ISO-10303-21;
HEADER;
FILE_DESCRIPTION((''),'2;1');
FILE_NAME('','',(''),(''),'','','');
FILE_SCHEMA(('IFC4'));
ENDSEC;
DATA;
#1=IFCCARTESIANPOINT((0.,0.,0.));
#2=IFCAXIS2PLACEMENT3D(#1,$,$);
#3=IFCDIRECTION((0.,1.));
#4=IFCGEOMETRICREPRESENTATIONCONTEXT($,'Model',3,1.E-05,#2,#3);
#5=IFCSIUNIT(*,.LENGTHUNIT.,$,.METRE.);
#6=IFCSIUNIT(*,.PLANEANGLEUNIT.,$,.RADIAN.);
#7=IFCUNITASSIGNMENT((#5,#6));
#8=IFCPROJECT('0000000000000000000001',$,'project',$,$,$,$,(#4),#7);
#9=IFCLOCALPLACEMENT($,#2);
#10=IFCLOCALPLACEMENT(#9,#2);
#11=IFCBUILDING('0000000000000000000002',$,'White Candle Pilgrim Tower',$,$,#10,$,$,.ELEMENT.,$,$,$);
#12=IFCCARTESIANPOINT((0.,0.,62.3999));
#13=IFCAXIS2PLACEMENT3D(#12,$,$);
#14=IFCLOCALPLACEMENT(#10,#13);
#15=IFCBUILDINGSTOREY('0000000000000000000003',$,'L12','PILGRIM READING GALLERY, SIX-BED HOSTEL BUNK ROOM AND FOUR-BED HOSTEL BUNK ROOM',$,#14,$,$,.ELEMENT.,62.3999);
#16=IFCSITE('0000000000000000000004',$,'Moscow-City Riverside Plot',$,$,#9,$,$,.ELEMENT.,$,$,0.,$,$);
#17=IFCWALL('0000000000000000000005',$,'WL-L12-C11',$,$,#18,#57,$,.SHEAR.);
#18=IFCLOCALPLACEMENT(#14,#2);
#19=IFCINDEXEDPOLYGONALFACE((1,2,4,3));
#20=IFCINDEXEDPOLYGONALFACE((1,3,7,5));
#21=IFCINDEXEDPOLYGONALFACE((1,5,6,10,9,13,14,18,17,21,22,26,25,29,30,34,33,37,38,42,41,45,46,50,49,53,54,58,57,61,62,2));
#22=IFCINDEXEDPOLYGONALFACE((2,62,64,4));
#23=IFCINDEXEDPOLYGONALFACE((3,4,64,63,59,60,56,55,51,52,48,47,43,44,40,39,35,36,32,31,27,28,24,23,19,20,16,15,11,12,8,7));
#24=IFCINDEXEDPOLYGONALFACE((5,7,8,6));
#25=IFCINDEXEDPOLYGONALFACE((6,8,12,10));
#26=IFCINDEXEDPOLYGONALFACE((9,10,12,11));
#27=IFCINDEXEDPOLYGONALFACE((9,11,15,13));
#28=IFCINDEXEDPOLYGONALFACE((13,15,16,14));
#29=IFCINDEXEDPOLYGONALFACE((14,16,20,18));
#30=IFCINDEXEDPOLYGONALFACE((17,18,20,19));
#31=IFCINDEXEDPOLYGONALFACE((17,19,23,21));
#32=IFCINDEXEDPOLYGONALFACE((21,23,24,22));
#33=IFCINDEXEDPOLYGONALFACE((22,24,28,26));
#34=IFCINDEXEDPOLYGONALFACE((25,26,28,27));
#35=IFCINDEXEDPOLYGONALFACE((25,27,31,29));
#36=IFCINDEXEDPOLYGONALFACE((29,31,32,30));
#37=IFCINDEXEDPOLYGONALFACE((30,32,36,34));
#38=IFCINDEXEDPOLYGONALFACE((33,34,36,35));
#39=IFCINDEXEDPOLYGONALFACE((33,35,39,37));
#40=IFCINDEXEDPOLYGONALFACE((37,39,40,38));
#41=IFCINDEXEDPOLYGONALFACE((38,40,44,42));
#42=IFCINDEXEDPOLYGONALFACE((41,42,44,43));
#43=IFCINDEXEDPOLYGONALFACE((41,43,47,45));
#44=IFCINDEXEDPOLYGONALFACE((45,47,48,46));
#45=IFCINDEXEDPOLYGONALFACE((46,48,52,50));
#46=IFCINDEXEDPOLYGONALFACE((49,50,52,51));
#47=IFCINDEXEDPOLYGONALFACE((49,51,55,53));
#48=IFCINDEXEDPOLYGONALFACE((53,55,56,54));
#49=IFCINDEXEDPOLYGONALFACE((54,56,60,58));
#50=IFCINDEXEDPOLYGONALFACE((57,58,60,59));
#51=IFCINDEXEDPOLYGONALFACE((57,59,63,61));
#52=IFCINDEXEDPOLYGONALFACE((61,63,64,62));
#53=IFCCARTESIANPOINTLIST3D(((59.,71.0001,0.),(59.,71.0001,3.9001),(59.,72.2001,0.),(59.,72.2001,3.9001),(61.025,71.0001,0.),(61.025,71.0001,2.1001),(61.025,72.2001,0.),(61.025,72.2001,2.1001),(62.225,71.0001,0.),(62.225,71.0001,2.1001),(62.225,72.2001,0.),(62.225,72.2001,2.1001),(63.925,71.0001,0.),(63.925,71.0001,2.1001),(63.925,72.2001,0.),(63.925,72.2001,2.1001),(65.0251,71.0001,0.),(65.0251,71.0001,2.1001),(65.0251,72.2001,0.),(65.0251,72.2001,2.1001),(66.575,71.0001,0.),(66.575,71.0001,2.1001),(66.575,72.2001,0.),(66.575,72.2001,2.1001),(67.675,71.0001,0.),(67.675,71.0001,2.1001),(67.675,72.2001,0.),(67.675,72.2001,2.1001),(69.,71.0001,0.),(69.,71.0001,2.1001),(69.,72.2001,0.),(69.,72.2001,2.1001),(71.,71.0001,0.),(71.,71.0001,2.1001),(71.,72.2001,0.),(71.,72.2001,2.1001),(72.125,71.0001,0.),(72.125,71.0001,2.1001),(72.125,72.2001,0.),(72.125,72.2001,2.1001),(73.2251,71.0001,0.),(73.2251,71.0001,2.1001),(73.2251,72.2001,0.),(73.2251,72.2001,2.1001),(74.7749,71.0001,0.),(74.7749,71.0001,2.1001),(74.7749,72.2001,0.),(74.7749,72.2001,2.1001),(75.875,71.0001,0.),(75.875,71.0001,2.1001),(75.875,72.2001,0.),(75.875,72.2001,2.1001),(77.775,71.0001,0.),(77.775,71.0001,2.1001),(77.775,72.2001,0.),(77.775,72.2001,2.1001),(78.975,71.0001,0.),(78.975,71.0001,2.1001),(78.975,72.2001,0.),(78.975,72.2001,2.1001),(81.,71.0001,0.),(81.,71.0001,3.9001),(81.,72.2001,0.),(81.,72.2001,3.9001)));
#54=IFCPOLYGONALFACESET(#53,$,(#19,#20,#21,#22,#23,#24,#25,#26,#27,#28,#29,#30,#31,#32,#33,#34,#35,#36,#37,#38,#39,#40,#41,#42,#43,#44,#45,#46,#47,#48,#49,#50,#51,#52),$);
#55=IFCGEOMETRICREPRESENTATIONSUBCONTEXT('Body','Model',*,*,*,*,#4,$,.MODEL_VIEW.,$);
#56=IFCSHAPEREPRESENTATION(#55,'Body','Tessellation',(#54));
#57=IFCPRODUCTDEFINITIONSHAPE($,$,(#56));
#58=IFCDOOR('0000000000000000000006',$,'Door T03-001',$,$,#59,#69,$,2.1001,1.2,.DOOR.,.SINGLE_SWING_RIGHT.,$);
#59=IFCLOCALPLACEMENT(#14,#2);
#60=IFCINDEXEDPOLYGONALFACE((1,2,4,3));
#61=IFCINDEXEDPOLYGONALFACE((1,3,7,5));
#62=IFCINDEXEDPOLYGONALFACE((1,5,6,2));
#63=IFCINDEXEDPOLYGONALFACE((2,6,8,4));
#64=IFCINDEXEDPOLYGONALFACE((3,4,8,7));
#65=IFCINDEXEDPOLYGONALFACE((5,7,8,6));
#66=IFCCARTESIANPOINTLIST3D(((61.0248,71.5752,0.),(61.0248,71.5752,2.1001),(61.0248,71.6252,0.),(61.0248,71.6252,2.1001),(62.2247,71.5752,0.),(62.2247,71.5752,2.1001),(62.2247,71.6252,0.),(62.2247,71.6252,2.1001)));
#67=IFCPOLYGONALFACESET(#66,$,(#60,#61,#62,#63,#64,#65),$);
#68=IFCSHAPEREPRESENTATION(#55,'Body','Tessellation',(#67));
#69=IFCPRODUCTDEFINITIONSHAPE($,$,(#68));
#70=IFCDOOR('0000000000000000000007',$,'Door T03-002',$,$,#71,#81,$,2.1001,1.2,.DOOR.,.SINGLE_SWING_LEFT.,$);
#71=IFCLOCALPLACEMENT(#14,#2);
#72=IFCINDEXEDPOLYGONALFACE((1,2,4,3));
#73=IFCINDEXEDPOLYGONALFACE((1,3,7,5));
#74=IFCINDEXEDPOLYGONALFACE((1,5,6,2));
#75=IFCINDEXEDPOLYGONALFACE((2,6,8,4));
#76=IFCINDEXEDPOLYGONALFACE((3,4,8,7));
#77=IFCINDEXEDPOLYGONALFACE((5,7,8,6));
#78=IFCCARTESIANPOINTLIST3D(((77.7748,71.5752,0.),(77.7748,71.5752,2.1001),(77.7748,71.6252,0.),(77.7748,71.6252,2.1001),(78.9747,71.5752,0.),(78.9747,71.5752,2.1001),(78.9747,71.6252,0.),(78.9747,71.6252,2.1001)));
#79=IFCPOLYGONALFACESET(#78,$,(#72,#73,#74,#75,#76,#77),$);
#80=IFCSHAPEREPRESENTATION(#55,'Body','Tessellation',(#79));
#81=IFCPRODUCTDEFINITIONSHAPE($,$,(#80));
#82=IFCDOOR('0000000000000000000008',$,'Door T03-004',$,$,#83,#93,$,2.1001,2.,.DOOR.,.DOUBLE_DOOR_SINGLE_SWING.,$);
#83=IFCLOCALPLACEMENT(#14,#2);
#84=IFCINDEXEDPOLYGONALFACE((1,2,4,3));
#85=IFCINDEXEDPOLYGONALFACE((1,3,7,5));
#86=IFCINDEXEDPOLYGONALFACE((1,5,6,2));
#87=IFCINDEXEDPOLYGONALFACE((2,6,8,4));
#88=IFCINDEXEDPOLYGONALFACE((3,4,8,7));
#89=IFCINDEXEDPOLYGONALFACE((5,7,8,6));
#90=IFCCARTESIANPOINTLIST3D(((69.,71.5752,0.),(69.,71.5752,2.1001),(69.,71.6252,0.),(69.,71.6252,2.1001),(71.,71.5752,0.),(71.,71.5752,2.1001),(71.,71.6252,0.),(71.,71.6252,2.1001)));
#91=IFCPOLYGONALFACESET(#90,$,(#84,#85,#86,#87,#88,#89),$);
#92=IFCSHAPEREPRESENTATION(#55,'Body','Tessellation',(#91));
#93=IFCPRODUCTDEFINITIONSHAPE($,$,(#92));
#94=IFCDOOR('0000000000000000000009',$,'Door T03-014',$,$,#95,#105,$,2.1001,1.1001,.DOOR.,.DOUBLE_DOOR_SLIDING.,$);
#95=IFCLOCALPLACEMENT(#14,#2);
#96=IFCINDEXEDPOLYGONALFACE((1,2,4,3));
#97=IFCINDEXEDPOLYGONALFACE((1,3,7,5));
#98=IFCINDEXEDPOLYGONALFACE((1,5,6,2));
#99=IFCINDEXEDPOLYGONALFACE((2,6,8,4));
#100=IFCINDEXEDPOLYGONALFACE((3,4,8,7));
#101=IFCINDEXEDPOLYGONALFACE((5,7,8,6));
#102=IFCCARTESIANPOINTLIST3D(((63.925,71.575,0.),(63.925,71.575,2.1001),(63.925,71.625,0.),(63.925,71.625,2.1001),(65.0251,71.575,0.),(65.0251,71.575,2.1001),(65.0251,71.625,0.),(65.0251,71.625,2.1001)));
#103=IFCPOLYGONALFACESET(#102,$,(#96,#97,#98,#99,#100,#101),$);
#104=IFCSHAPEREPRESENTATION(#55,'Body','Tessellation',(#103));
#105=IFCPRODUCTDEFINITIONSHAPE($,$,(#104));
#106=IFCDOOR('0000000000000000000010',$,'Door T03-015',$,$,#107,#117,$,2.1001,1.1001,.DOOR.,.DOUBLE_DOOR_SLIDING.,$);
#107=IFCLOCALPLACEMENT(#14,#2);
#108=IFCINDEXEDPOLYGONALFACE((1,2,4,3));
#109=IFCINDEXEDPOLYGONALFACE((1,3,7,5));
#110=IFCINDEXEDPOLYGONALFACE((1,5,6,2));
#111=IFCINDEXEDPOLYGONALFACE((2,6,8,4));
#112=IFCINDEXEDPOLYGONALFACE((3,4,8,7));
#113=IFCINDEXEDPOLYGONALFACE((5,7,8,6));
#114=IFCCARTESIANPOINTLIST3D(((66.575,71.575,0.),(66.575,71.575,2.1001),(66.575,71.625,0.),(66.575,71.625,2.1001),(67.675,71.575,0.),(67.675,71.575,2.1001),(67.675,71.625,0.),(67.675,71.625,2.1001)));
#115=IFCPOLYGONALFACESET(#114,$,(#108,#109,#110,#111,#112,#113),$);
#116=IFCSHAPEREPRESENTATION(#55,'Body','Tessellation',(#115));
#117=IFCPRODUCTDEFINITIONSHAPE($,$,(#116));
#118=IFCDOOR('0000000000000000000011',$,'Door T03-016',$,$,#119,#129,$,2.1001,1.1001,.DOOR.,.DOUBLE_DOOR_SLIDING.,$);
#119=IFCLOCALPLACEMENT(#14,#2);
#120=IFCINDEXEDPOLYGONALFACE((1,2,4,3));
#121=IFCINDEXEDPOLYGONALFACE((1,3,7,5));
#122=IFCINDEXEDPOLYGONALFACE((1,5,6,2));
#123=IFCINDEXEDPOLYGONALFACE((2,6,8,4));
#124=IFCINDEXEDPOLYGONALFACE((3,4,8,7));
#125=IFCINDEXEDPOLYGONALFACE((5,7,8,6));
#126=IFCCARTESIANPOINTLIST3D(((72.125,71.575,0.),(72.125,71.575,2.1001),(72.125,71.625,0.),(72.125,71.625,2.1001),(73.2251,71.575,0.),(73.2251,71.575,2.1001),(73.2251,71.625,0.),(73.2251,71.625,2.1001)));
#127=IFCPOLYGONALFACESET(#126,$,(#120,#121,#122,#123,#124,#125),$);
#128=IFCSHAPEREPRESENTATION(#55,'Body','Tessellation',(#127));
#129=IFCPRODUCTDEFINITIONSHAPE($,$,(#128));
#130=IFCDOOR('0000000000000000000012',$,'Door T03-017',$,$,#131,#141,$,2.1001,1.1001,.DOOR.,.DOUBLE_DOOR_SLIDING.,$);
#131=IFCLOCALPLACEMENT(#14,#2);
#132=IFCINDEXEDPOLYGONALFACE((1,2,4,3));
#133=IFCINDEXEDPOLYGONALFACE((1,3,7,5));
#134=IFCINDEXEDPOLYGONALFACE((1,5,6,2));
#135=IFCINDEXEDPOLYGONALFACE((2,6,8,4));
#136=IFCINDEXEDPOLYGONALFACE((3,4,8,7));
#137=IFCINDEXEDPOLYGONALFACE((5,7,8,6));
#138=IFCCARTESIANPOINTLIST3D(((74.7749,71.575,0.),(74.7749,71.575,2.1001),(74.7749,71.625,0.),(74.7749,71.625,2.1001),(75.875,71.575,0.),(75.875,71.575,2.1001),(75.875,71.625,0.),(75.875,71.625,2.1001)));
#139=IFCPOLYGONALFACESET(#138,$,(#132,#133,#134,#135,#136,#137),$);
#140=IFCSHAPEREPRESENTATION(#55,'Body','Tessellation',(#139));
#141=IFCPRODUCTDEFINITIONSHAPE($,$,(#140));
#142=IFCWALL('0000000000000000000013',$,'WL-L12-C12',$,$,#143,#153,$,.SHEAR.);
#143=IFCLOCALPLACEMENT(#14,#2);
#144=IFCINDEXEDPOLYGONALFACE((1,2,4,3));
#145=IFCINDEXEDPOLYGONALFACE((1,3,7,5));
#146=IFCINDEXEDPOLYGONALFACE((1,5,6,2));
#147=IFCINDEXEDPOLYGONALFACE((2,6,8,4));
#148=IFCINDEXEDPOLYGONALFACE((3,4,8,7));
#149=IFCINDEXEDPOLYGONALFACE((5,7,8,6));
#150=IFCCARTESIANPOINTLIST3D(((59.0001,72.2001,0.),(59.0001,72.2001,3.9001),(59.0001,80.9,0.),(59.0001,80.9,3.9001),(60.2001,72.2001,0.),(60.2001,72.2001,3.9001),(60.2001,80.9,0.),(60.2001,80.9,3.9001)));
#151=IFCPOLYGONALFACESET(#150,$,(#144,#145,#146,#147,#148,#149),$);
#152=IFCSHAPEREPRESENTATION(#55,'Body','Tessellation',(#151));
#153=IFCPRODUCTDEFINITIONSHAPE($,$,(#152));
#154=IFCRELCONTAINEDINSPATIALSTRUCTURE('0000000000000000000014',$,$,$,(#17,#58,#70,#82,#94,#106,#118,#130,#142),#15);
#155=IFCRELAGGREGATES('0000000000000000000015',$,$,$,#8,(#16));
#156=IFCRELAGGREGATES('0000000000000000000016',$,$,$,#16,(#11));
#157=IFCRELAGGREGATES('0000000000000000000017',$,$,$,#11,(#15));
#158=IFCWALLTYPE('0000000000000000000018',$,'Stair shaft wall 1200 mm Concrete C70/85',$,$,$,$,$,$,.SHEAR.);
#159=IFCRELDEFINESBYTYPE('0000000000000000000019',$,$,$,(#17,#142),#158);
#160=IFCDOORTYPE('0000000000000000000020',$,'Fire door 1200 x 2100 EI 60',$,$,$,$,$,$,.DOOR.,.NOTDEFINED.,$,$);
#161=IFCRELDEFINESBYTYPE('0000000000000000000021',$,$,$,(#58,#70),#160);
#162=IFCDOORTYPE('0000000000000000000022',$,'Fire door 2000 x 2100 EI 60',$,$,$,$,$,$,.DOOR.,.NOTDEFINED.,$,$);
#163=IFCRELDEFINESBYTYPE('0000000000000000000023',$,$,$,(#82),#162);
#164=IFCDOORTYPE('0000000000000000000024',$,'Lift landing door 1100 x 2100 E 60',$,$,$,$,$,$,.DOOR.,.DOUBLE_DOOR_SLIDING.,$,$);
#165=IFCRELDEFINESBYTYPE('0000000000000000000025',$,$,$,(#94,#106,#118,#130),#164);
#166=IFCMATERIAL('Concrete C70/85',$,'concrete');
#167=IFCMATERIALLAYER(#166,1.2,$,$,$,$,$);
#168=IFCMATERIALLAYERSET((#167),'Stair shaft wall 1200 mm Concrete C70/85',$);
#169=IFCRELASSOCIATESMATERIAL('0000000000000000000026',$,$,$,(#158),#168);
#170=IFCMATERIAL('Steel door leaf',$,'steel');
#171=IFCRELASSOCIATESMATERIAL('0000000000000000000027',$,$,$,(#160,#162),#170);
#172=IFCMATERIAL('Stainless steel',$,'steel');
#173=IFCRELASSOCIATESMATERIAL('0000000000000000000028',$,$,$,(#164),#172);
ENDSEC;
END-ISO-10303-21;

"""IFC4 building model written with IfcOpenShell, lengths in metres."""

from ifc_helpers import new_model, si_unit, direction, frame, frame_2d, origin, place, context, subcontext, project, spatial, rectangle, extrude, material, layer, layer_set, type_object, element, fill, save


model = new_model("IFC4")

# Units and contexts
model_context = context("Model", 3, precision=1e-05, world=origin(), true_north=direction((0.0, 1.0)))
body_context = subcontext(model_context, "Body", "Model", "MODEL_VIEW")
ifc_project = project(units=[si_unit("LENGTHUNIT", "METRE"), si_unit("PLANEANGLEUNIT", "RADIAN")], contexts=[model_context])

# Site, building, storey
site_placement = place(None, origin())
site = spatial("IfcSite", under=ifc_project, at=site_placement, Name="Moscow-City Riverside Plot", CompositionType="ELEMENT", RefElevation=0.0)
building_placement = place(site_placement, origin())
building = spatial("IfcBuilding", under=site, at=building_placement, Name="White Candle Pilgrim Tower", CompositionType="ELEMENT")
storey_placement = place(building_placement, frame((0.0, 0.0, 62.3999)))
storey = spatial("IfcBuildingStorey", under=building, at=storey_placement, Name="L12", Description="PILGRIM READING GALLERY, SIX-BED HOSTEL BUNK ROOM AND FOUR-BED HOSTEL BUNK ROOM", CompositionType="ELEMENT", Elevation=62.3999)

# Shared definitions
ifc_material_1 = material(Name="Concrete C70/85", Category="concrete")

# Wall, openings, doors
ifc_layer_1 = layer(ifc_material_1, 1.2)
ifc_layer_set_1 = layer_set([ifc_layer_1], Name="Stair shaft wall 1200 mm Concrete C70/85")
wall_type_1 = type_object("IfcWallType", Name="Stair shaft wall 1200 mm Concrete C70/85", PredefinedType="SHEAR", material=ifc_layer_set_1)
wall_1_placement = place(storey_placement, frame((59.0, 71.6001, 0.0), z_axis=(0.0, 0.0, 1.0), x_axis=(1.0, 0.0, 0.0)))
wall_1 = element("IfcWall", 1, at=wall_1_placement, inside=storey, type_object=wall_type_1, Name="WL-L12-C11", PredefinedType="SHEAR", context=body_context, shape_type="SweptSolid", body=[
    extrude(rectangle(XDim=22.0, YDim=1.2, at=frame_2d((11.0, 0.0))), origin(), (0.0, 0.0, 1.0), 3.9001),
])
opening_1_placement = place(wall_1_placement, frame((2.0249, 0.0, 0.0)))
opening_1 = element("IfcOpeningElement", 2, at=opening_1_placement, cuts=wall_1, PredefinedType="OPENING", context=body_context, shape_type="SweptSolid", body=[
    extrude(rectangle(XDim=1.2, YDim=2.1001, at=frame_2d((0.6001, 1.05))), frame((0.0, 0.6099, 0.0), z_axis=(0.0, -1.0, 0.0), x_axis=(1.0, 0.0, 0.0)), (0.0, 0.0, 1.0), 1.22),
])
opening_2_placement = place(wall_1_placement, frame((18.7749, 0.0, 0.0)))
opening_2 = element("IfcOpeningElement", 3, at=opening_2_placement, cuts=wall_1, PredefinedType="OPENING", context=body_context, shape_type="SweptSolid", body=[
    extrude(rectangle(XDim=1.2, YDim=2.1001, at=frame_2d((0.6001, 1.05))), frame((0.0, 0.6099, 0.0), z_axis=(0.0, -1.0, 0.0), x_axis=(1.0, 0.0, 0.0)), (0.0, 0.0, 1.0), 1.22),
])
opening_3_placement = place(wall_1_placement, frame((10.0, 0.0, 0.0)))
opening_3 = element("IfcOpeningElement", 4, at=opening_3_placement, cuts=wall_1, PredefinedType="OPENING", context=body_context, shape_type="SweptSolid", body=[
    extrude(rectangle(XDim=2.0, YDim=2.1001, at=frame_2d((1.0, 1.05))), frame((0.0, 0.6099, 0.0), z_axis=(0.0, -1.0, 0.0), x_axis=(1.0, 0.0, 0.0)), (0.0, 0.0, 1.0), 1.22),
])
opening_4_placement = place(wall_1_placement, frame((4.925, 0.0, 0.0)))
opening_4 = element("IfcOpeningElement", 5, at=opening_4_placement, cuts=wall_1, PredefinedType="OPENING", context=body_context, shape_type="SweptSolid", body=[
    extrude(rectangle(XDim=1.1001, YDim=2.1001, at=frame_2d((0.55, 1.05))), frame((0.0, 0.6099, 0.0), z_axis=(0.0, -1.0, 0.0), x_axis=(1.0, 0.0, 0.0)), (0.0, 0.0, 1.0), 1.22),
])
opening_5_placement = place(wall_1_placement, frame((7.575, 0.0, 0.0)))
opening_5 = element("IfcOpeningElement", 6, at=opening_5_placement, cuts=wall_1, PredefinedType="OPENING", context=body_context, shape_type="SweptSolid", body=[
    extrude(rectangle(XDim=1.1001, YDim=2.1001, at=frame_2d((0.55, 1.05))), frame((0.0, 0.6099, 0.0), z_axis=(0.0, -1.0, 0.0), x_axis=(1.0, 0.0, 0.0)), (0.0, 0.0, 1.0), 1.22),
])
opening_6_placement = place(wall_1_placement, frame((13.125, 0.0, 0.0)))
opening_6 = element("IfcOpeningElement", 7, at=opening_6_placement, cuts=wall_1, PredefinedType="OPENING", context=body_context, shape_type="SweptSolid", body=[
    extrude(rectangle(XDim=1.1001, YDim=2.1001, at=frame_2d((0.55, 1.05))), frame((0.0, 0.6099, 0.0), z_axis=(0.0, -1.0, 0.0), x_axis=(1.0, 0.0, 0.0)), (0.0, 0.0, 1.0), 1.22),
])
opening_7_placement = place(wall_1_placement, frame((15.7749, 0.0, 0.0)))
opening_7 = element("IfcOpeningElement", 8, at=opening_7_placement, cuts=wall_1, PredefinedType="OPENING", context=body_context, shape_type="SweptSolid", body=[
    extrude(rectangle(XDim=1.1001, YDim=2.1001, at=frame_2d((0.55, 1.05))), frame((0.0, 0.6099, 0.0), z_axis=(0.0, -1.0, 0.0), x_axis=(1.0, 0.0, 0.0)), (0.0, 0.0, 1.0), 1.22),
])
ifc_material_2 = material(Name="Steel door leaf", Category="steel")
door_type_1 = type_object("IfcDoorType", Name="Fire door 1200 x 2100 EI 60", OperationType="NOTDEFINED", PredefinedType="DOOR", material=ifc_material_2)
door_1_placement = place(opening_1_placement, frame((1.2, 0.0, 0.0), z_axis=(0.0, 0.0, 1.0), x_axis=(-1.0, 0.0, 0.0)))
door_1 = element("IfcDoor", 9, at=door_1_placement, inside=storey, type_object=door_type_1, Name="Door T03-001", OperationType="SINGLE_SWING_RIGHT", OverallHeight=2.1001, OverallWidth=1.2, PredefinedType="DOOR", context=body_context, shape_type="SweptSolid", body=[
    extrude(rectangle(XDim=1.2, YDim=2.1001, at=frame_2d((0.6001, 1.05))), frame((0.0, 0.0249, 0.0), z_axis=(0.0, -1.0, 0.0), x_axis=(1.0, 0.0, 0.0)), (0.0, 0.0, 1.0), 0.05),
])
fill(opening_1, door_1)
door_2_placement = place(opening_2_placement, frame((1.2, 0.0, 0.0), z_axis=(0.0, 0.0, 1.0), x_axis=(-1.0, 0.0, 0.0)))
door_2 = element("IfcDoor", 10, at=door_2_placement, inside=storey, type_object=door_type_1, Name="Door T03-002", OperationType="SINGLE_SWING_LEFT", OverallHeight=2.1001, OverallWidth=1.2, PredefinedType="DOOR", context=body_context, shape_type="SweptSolid", body=[
    extrude(rectangle(XDim=1.2, YDim=2.1001, at=frame_2d((0.6001, 1.05))), frame((0.0, 0.0249, 0.0), z_axis=(0.0, -1.0, 0.0), x_axis=(1.0, 0.0, 0.0)), (0.0, 0.0, 1.0), 0.05),
])
fill(opening_2, door_2)
door_type_2 = type_object("IfcDoorType", Name="Fire door 2000 x 2100 EI 60", OperationType="NOTDEFINED", PredefinedType="DOOR", material=ifc_material_2)
door_3_placement = place(opening_3_placement, frame((2.0, 0.0, 0.0), z_axis=(0.0, 0.0, 1.0), x_axis=(-1.0, 0.0, 0.0)))
door_3 = element("IfcDoor", 11, at=door_3_placement, inside=storey, type_object=door_type_2, Name="Door T03-004", OperationType="DOUBLE_DOOR_SINGLE_SWING", OverallHeight=2.1001, OverallWidth=2.0, PredefinedType="DOOR", context=body_context, shape_type="SweptSolid", body=[
    extrude(rectangle(XDim=2.0, YDim=2.1001, at=frame_2d((1.0, 1.05))), frame((0.0, 0.0249, 0.0), z_axis=(0.0, -1.0, 0.0), x_axis=(1.0, 0.0, 0.0)), (0.0, 0.0, 1.0), 0.05),
])
fill(opening_3, door_3)
ifc_material_3 = material(Name="Stainless steel", Category="steel")
door_type_3 = type_object("IfcDoorType", Name="Lift landing door 1100 x 2100 E 60", OperationType="DOUBLE_DOOR_SLIDING", PredefinedType="DOOR", material=ifc_material_3)
door_4_placement = place(opening_4_placement, origin())
door_4 = element("IfcDoor", 12, at=door_4_placement, inside=storey, type_object=door_type_3, Name="Door T03-014", OperationType="DOUBLE_DOOR_SLIDING", OverallHeight=2.1001, OverallWidth=1.1001, PredefinedType="DOOR", context=body_context, shape_type="SweptSolid", body=[
    extrude(rectangle(XDim=1.1001, YDim=2.1001, at=frame_2d((0.55, 1.05))), frame((0.0, 0.0249, 0.0), z_axis=(0.0, -1.0, 0.0), x_axis=(1.0, 0.0, 0.0)), (0.0, 0.0, 1.0), 0.05),
])
fill(opening_4, door_4)
door_5_placement = place(opening_5_placement, origin())
door_5 = element("IfcDoor", 13, at=door_5_placement, inside=storey, type_object=door_type_3, Name="Door T03-015", OperationType="DOUBLE_DOOR_SLIDING", OverallHeight=2.1001, OverallWidth=1.1001, PredefinedType="DOOR", context=body_context, shape_type="SweptSolid", body=[
    extrude(rectangle(XDim=1.1001, YDim=2.1001, at=frame_2d((0.55, 1.05))), frame((0.0, 0.0249, 0.0), z_axis=(0.0, -1.0, 0.0), x_axis=(1.0, 0.0, 0.0)), (0.0, 0.0, 1.0), 0.05),
])
fill(opening_5, door_5)
door_6_placement = place(opening_6_placement, origin())
door_6 = element("IfcDoor", 14, at=door_6_placement, inside=storey, type_object=door_type_3, Name="Door T03-016", OperationType="DOUBLE_DOOR_SLIDING", OverallHeight=2.1001, OverallWidth=1.1001, PredefinedType="DOOR", context=body_context, shape_type="SweptSolid", body=[
    extrude(rectangle(XDim=1.1001, YDim=2.1001, at=frame_2d((0.55, 1.05))), frame((0.0, 0.0249, 0.0), z_axis=(0.0, -1.0, 0.0), x_axis=(1.0, 0.0, 0.0)), (0.0, 0.0, 1.0), 0.05),
])
fill(opening_6, door_6)
door_7_placement = place(opening_7_placement, origin())
door_7 = element("IfcDoor", 15, at=door_7_placement, inside=storey, type_object=door_type_3, Name="Door T03-017", OperationType="DOUBLE_DOOR_SLIDING", OverallHeight=2.1001, OverallWidth=1.1001, PredefinedType="DOOR", context=body_context, shape_type="SweptSolid", body=[
    extrude(rectangle(XDim=1.1001, YDim=2.1001, at=frame_2d((0.55, 1.05))), frame((0.0, 0.0249, 0.0), z_axis=(0.0, -1.0, 0.0), x_axis=(1.0, 0.0, 0.0)), (0.0, 0.0, 1.0), 0.05),
])
fill(opening_7, door_7)

# Wall
wall_2_placement = place(storey_placement, frame((59.6001, 72.2, 0.0), z_axis=(0.0, 0.0, 1.0), x_axis=(0.0, 1.0, 0.0)))
element("IfcWall", 16, at=wall_2_placement, inside=storey, type_object=wall_type_1, Name="WL-L12-C12", PredefinedType="SHEAR", context=body_context, shape_type="SweptSolid", body=[
    extrude(rectangle(XDim=8.7, YDim=1.2, at=frame_2d((4.3501, 0.0))), origin(), (0.0, 0.0, 1.0), 3.9001),
])

save(model, "model.ifc")
